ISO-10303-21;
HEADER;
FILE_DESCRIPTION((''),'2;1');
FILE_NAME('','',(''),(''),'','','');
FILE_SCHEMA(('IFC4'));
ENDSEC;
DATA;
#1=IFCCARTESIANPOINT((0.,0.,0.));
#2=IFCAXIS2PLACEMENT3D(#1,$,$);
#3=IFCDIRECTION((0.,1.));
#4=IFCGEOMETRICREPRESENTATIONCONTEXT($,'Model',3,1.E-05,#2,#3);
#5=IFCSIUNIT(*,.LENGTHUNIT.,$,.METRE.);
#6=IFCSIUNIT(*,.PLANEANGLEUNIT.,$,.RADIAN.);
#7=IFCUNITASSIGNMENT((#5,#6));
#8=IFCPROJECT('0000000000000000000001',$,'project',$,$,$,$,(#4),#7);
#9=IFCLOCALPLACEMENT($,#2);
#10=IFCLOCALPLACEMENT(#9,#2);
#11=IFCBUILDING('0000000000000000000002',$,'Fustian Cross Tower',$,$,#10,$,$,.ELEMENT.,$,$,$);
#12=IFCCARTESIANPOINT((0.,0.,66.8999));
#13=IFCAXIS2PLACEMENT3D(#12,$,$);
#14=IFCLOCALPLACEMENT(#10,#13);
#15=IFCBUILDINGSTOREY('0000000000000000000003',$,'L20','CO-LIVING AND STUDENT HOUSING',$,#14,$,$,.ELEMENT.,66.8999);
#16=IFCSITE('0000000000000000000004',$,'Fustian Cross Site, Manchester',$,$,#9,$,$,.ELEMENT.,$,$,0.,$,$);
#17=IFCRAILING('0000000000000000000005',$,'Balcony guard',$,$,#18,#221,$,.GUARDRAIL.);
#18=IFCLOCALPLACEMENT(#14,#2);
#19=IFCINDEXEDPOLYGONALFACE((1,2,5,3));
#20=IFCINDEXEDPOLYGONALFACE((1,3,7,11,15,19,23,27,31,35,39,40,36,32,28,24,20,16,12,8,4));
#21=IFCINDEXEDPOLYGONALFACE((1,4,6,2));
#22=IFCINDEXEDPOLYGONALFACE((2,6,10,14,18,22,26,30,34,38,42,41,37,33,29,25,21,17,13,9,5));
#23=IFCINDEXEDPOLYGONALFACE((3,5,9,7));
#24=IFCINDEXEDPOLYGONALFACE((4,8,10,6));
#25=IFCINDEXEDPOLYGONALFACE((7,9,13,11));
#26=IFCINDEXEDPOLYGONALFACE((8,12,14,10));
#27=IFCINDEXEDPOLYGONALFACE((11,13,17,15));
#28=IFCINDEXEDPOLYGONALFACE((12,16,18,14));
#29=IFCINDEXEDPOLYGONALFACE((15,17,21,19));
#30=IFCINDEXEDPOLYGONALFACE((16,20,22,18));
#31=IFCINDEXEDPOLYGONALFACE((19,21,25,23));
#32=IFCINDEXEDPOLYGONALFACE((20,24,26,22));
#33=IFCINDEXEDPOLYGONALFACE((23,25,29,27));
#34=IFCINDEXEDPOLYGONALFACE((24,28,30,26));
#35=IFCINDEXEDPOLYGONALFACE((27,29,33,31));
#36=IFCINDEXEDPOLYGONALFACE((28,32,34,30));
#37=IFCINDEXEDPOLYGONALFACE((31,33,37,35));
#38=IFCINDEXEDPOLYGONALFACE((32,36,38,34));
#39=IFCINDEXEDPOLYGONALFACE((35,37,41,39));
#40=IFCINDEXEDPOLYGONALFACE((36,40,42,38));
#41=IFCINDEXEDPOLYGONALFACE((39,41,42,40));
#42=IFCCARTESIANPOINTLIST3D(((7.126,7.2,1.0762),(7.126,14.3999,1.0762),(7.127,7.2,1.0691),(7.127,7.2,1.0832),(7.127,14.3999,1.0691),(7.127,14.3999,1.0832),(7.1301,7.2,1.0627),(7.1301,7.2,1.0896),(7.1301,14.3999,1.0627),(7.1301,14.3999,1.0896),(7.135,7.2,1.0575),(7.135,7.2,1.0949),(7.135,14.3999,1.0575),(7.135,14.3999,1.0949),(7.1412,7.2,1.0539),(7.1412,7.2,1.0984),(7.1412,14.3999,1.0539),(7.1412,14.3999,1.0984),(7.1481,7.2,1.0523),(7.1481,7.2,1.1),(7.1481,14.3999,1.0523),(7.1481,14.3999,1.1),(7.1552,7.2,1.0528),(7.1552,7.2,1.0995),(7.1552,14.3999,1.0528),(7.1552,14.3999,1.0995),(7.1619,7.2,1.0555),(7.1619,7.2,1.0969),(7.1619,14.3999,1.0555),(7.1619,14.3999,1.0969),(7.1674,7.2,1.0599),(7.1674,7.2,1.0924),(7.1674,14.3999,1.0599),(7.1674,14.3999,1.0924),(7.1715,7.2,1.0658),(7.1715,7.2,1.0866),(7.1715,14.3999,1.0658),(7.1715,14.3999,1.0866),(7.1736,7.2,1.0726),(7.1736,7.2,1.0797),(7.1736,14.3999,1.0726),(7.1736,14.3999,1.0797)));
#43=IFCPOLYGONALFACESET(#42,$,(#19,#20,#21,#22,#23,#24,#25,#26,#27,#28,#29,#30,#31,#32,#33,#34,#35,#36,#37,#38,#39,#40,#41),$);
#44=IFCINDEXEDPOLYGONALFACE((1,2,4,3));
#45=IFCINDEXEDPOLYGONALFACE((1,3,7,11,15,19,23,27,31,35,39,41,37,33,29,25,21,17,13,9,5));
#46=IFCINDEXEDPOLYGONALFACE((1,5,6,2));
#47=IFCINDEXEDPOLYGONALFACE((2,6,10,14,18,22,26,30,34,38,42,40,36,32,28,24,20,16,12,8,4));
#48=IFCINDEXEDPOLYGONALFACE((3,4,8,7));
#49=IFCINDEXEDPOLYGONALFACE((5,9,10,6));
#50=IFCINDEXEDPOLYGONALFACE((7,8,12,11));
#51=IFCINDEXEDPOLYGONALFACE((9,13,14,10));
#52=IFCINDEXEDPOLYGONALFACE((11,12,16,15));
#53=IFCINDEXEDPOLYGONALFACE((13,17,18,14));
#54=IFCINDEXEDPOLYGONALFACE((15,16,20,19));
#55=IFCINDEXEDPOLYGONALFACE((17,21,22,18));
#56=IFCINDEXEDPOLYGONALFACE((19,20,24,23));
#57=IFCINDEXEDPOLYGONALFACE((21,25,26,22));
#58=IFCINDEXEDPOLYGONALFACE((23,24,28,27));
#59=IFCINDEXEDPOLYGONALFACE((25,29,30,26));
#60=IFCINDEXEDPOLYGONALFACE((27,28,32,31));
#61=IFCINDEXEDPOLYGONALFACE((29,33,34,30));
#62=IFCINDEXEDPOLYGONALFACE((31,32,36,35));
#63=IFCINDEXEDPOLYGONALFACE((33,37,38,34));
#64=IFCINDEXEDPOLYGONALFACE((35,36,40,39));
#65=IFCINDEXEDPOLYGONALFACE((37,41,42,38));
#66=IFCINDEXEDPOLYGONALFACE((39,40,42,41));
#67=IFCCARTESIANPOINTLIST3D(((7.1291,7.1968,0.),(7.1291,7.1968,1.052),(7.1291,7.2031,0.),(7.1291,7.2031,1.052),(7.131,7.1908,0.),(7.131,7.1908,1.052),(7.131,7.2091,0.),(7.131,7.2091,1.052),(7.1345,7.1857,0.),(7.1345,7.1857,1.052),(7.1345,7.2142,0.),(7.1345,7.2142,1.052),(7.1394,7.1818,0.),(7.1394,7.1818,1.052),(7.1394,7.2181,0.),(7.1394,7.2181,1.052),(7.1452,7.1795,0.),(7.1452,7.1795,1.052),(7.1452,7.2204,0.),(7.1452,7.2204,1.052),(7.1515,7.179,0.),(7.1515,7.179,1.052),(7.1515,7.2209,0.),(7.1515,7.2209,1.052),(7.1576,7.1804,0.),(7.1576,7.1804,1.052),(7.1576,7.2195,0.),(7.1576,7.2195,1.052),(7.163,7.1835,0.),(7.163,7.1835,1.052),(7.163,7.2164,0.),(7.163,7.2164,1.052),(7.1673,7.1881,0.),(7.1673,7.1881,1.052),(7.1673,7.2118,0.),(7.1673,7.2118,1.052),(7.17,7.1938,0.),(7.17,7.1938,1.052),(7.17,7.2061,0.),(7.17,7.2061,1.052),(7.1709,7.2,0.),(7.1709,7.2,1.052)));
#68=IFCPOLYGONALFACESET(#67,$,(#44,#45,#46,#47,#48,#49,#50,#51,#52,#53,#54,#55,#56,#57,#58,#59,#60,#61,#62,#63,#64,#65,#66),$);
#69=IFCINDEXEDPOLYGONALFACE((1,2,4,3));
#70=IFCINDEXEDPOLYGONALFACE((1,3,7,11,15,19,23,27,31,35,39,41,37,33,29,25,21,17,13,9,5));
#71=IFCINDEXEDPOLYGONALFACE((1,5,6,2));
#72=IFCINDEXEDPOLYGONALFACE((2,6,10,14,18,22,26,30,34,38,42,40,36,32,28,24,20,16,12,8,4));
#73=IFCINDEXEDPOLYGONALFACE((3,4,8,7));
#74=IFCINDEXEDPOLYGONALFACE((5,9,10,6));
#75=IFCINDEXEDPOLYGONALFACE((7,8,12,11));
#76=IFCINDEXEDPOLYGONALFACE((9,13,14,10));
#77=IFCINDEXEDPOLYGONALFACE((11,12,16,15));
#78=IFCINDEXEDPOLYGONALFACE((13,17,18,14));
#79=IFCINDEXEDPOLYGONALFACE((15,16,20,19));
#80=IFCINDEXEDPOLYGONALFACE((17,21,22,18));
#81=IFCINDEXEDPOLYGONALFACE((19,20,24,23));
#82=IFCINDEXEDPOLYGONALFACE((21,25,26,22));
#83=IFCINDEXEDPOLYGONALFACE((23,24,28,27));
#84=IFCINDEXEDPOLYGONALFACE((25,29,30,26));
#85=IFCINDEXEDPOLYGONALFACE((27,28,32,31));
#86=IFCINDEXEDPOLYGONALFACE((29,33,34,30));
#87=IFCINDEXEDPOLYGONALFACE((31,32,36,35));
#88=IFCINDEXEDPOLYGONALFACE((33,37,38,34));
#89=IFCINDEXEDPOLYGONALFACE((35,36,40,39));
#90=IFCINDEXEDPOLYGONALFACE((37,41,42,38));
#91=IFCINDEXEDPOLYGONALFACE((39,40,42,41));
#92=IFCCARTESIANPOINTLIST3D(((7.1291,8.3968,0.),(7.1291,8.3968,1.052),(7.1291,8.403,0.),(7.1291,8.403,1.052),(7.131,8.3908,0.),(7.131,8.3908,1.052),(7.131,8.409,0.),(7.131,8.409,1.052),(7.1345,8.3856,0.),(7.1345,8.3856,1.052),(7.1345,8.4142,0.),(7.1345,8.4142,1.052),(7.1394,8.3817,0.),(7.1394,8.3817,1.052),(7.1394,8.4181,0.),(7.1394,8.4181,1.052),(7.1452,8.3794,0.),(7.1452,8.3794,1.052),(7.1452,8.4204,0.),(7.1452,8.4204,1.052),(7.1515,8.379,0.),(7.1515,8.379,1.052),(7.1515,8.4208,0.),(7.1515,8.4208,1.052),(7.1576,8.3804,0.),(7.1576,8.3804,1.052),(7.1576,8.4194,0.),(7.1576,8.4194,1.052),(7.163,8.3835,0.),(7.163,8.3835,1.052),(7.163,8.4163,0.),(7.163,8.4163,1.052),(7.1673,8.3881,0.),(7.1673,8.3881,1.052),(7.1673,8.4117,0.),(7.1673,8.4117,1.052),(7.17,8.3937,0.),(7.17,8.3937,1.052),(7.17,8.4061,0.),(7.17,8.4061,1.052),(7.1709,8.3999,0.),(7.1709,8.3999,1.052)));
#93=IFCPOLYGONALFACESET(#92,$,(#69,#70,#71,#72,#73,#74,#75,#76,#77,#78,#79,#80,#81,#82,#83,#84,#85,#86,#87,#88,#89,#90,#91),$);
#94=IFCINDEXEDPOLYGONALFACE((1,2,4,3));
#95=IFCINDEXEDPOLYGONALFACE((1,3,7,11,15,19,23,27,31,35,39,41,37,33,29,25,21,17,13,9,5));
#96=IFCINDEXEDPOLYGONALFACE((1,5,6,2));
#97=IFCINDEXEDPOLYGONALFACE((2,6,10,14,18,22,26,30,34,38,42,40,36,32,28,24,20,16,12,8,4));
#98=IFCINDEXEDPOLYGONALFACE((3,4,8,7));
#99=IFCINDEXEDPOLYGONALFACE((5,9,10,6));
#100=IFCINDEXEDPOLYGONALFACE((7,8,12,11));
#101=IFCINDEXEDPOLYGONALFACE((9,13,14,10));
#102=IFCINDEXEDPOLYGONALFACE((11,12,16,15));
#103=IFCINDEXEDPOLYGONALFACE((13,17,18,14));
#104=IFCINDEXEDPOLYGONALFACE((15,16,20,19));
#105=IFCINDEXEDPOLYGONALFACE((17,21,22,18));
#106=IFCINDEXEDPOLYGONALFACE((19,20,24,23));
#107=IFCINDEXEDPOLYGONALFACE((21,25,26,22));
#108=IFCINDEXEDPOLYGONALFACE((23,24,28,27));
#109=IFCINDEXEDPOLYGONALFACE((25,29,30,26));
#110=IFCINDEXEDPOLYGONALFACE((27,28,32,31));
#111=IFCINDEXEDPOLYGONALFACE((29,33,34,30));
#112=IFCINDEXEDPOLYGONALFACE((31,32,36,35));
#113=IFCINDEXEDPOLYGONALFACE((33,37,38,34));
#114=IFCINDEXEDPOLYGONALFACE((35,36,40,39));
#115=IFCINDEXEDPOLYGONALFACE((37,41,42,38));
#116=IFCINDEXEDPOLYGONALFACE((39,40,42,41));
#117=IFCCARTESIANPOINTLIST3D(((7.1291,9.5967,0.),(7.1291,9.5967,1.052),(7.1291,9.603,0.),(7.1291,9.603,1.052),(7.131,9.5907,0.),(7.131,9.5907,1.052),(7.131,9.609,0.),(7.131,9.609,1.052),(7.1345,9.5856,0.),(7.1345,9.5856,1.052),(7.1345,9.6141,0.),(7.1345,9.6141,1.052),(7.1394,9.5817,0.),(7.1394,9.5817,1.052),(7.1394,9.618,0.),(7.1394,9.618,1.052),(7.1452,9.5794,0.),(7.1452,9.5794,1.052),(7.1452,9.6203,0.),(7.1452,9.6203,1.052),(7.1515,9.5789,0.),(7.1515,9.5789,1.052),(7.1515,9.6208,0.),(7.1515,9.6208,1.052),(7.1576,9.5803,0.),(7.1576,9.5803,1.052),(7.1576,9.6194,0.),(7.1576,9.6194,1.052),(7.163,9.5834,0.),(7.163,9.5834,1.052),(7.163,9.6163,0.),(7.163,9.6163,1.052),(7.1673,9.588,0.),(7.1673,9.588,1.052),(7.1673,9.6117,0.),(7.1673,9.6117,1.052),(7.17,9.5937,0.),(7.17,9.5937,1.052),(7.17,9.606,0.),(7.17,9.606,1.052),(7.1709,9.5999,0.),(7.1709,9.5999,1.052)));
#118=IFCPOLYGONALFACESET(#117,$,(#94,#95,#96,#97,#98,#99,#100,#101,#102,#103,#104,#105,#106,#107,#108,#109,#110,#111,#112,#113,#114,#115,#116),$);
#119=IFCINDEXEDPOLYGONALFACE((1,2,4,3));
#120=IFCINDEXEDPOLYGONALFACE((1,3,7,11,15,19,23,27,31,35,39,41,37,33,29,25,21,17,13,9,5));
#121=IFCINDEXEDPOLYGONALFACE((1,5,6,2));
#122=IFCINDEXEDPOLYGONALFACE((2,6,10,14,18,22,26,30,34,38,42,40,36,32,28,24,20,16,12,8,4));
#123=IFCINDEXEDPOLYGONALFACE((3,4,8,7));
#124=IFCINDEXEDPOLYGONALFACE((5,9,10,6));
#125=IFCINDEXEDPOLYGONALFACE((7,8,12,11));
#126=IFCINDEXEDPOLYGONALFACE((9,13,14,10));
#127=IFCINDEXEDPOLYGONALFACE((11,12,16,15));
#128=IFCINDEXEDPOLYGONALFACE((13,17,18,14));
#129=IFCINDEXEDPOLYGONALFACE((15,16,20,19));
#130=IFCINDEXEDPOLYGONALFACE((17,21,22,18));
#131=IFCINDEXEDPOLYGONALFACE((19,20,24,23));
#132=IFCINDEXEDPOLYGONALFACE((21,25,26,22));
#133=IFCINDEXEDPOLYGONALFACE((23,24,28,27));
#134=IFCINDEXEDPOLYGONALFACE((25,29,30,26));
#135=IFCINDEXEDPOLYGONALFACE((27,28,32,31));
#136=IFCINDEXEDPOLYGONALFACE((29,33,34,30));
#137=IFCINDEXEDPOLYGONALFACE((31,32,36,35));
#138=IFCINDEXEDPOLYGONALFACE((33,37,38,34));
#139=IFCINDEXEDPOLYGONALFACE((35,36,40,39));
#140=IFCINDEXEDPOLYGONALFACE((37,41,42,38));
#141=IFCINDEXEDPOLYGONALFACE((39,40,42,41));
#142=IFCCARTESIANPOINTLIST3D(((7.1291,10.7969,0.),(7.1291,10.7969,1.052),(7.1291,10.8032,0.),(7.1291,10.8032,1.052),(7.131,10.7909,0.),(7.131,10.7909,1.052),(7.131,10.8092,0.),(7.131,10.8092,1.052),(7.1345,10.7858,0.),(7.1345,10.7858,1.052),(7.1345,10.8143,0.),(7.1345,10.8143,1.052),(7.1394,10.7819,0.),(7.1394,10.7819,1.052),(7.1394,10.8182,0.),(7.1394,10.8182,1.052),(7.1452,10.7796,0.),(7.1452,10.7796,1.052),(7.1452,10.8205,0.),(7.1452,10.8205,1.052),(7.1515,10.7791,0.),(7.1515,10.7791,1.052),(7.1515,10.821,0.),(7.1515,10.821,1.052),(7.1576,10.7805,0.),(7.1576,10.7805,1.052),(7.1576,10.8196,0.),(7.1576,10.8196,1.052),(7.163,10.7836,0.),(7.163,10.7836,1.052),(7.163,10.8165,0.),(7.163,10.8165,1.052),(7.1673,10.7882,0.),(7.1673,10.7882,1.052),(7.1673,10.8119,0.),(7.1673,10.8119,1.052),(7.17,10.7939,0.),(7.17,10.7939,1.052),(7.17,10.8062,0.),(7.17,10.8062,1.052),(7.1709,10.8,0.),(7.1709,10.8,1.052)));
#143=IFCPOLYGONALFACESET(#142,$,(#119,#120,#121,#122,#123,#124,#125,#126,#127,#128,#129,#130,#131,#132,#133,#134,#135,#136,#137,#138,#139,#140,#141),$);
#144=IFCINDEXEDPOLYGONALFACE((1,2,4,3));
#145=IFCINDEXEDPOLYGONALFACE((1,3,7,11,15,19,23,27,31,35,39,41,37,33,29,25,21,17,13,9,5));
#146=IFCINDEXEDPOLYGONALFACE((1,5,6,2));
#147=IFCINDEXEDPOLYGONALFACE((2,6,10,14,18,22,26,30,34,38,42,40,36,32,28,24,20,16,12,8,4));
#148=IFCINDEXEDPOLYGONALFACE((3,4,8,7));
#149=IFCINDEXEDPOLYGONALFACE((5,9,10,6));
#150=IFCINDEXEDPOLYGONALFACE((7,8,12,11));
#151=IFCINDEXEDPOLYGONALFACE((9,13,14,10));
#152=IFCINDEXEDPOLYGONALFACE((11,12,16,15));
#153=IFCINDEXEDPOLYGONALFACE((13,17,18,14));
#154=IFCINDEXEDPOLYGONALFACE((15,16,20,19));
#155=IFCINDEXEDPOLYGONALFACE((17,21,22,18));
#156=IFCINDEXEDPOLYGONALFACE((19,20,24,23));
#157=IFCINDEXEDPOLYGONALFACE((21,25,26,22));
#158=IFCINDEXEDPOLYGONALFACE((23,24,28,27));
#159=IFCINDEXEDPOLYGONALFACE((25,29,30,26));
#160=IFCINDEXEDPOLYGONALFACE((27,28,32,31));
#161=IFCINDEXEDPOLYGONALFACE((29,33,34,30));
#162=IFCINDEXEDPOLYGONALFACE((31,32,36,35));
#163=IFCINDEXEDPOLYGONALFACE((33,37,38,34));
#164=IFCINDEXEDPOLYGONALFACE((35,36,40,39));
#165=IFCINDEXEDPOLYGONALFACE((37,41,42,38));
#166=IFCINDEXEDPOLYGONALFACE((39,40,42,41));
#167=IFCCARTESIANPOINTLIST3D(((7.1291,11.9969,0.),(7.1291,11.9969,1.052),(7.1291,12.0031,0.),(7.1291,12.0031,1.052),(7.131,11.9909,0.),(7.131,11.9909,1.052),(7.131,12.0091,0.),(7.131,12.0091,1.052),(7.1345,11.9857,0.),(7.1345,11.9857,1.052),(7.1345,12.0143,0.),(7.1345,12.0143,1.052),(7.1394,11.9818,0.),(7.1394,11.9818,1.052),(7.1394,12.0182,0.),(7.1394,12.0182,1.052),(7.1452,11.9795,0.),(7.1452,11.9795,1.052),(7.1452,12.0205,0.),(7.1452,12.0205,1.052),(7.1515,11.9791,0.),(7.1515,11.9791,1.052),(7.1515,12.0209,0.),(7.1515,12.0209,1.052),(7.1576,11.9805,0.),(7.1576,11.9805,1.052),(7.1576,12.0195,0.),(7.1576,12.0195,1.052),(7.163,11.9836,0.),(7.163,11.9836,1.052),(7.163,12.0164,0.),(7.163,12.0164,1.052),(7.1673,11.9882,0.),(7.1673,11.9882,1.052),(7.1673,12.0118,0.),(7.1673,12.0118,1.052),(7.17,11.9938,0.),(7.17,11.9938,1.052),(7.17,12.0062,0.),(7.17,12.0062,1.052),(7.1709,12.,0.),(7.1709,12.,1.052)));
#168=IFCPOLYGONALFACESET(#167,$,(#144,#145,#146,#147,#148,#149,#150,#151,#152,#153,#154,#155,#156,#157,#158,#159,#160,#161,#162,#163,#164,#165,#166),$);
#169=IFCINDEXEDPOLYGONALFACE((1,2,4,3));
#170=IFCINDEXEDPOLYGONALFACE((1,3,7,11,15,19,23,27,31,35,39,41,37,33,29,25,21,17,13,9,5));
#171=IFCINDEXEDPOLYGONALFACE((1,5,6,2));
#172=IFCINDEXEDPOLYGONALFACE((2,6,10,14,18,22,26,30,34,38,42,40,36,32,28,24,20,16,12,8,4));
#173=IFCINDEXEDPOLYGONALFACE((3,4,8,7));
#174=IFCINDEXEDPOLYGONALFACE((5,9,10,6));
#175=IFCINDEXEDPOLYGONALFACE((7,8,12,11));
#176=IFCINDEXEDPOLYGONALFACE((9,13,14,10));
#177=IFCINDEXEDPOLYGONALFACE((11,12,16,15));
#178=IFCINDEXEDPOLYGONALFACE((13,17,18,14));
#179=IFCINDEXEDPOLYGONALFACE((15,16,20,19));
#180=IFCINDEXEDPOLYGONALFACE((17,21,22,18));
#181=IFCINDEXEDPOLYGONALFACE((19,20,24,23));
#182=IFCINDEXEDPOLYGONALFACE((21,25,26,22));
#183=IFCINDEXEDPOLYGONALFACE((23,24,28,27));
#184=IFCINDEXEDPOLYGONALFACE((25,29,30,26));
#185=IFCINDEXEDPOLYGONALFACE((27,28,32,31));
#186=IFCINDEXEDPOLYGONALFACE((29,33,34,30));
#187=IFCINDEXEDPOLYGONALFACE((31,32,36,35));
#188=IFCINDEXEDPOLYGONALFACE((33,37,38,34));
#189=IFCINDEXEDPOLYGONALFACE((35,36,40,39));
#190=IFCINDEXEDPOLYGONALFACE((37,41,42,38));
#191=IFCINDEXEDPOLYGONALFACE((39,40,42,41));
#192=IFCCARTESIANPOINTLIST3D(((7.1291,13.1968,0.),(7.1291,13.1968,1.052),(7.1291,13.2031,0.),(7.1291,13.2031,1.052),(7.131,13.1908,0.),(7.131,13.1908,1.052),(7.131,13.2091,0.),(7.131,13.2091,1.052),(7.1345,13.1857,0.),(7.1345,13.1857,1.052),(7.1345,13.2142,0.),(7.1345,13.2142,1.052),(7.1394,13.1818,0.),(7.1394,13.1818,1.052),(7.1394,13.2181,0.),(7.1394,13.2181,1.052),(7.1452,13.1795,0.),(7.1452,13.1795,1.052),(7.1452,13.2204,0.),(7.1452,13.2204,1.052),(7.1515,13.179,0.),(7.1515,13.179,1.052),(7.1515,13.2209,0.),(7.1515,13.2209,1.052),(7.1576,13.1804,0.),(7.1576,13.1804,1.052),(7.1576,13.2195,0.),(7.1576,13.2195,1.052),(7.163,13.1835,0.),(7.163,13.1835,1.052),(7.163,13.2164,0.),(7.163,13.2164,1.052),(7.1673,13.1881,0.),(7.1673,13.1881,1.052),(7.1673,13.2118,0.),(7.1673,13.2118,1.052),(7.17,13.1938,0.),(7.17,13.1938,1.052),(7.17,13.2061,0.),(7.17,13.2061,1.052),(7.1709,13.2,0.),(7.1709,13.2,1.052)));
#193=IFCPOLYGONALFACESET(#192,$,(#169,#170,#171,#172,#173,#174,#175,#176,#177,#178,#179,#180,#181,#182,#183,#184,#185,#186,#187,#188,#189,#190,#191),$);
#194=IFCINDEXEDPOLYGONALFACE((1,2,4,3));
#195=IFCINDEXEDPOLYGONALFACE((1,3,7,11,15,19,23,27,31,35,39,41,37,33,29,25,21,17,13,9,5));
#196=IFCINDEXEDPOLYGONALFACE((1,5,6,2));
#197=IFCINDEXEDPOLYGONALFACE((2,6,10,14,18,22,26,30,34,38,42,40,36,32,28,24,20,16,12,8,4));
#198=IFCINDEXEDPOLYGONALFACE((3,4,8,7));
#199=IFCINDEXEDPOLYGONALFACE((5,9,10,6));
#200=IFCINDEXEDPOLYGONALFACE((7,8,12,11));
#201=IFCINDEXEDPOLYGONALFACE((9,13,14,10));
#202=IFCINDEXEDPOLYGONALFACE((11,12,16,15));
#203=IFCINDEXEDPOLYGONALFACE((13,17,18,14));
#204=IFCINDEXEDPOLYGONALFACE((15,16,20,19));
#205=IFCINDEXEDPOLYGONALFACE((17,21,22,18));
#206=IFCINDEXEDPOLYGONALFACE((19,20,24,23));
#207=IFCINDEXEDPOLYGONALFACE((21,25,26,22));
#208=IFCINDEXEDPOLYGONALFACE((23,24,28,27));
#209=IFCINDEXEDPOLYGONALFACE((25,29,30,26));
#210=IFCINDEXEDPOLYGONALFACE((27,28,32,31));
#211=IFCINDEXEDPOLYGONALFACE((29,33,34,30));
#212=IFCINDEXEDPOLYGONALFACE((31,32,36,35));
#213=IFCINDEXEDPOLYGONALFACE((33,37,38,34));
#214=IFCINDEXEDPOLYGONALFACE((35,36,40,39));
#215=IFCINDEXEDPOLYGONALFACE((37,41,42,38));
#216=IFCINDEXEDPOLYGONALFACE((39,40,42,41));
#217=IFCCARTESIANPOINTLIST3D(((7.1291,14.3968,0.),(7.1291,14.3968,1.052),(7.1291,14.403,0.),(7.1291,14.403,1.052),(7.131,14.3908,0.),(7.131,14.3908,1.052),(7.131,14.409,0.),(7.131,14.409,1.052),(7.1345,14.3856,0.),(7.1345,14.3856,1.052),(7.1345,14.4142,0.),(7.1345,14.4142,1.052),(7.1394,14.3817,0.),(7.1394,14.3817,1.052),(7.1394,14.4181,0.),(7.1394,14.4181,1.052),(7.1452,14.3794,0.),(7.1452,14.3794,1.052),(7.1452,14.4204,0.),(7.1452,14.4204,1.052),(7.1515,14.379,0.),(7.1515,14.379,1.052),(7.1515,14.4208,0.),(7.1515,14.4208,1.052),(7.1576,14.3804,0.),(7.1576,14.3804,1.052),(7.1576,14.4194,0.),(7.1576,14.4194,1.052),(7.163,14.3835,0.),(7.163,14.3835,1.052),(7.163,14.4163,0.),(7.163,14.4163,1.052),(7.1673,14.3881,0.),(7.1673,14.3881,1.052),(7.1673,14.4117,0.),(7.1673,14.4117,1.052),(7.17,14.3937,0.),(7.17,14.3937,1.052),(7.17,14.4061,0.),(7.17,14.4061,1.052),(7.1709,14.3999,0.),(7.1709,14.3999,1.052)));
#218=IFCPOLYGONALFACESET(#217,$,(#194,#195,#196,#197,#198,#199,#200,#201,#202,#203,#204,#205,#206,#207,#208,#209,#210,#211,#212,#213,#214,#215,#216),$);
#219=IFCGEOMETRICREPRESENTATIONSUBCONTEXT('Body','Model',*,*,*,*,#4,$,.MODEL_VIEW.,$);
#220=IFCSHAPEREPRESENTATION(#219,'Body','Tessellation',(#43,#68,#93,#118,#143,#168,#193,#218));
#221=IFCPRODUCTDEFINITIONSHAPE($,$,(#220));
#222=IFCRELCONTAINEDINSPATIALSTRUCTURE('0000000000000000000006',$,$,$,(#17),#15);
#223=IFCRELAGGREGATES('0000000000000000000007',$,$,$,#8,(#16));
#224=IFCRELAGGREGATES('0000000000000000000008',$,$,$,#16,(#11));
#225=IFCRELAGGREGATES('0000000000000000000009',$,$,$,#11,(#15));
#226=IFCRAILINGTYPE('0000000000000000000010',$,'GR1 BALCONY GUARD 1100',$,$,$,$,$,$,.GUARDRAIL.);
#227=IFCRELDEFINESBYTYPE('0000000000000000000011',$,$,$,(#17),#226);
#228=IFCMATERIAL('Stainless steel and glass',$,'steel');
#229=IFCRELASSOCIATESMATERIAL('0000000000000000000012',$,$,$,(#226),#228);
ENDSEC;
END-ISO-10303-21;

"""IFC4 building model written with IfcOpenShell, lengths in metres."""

from ifc_helpers import new_model, si_unit, direction, frame, origin, origin_2d, place, context, subcontext, project, spatial, circle, extrude, material, type_object, element, save


model = new_model("IFC4")

# Units and contexts
model_context = context("Model", 3, precision=1e-05, world=origin(), true_north=direction((0.0, 1.0)))
body_context = subcontext(model_context, "Body", "Model", "MODEL_VIEW")
ifc_project = project(units=[si_unit("LENGTHUNIT", "METRE"), si_unit("PLANEANGLEUNIT", "RADIAN")], contexts=[model_context])

# Site, building, storey
site_placement = place(None, origin())
site = spatial("IfcSite", under=ifc_project, at=site_placement, Name="Fustian Cross Site, Manchester", CompositionType="ELEMENT", RefElevation=0.0)
building_placement = place(site_placement, origin())
building = spatial("IfcBuilding", under=site, at=building_placement, Name="Fustian Cross Tower", CompositionType="ELEMENT")
storey_placement = place(building_placement, frame((0.0, 0.0, 66.8999)))
storey = spatial("IfcBuildingStorey", under=building, at=storey_placement, Name="L20", Description="CO-LIVING AND STUDENT HOUSING", CompositionType="ELEMENT", Elevation=66.8999)

# Railing
ifc_material_1 = material(Name="Stainless steel and glass", Category="steel")
railing_type = type_object("IfcRailingType", Name="GR1 BALCONY GUARD 1100", PredefinedType="GUARDRAIL", material=ifc_material_1)
railing_placement = place(storey_placement, frame((7.1499, 7.2, 0.0)))
element("IfcRailing", 1, at=railing_placement, inside=storey, type_object=railing_type, Name="Balcony guard", PredefinedType="GUARDRAIL", context=body_context, shape_type="SweptSolid", body=[
    extrude(circle(Radius=0.0239, at=origin_2d()), frame((0.0, 0.0, 1.0762), z_axis=(0.0, 1.0, 0.0), x_axis=(-1.0, 0.0, 0.0)), (0.0, 0.0, 1.0), 7.2),
    extrude(circle(Radius=0.021, at=origin_2d()), origin(), (0.0, 0.0, 1.0), 1.052),
    extrude(circle(Radius=0.021, at=origin_2d()), frame((0.0, 1.2, 0.0)), (0.0, 0.0, 1.0), 1.052),
    extrude(circle(Radius=0.021, at=origin_2d()), frame((0.0, 2.3999, 0.0)), (0.0, 0.0, 1.0), 1.052),
    extrude(circle(Radius=0.021, at=origin_2d()), frame((0.0, 3.6001, 0.0)), (0.0, 0.0, 1.0), 1.052),
    extrude(circle(Radius=0.021, at=origin_2d()), frame((0.0, 4.8, 0.0)), (0.0, 0.0, 1.0), 1.052),
    extrude(circle(Radius=0.021, at=origin_2d()), frame((0.0, 6.0, 0.0)), (0.0, 0.0, 1.0), 1.052),
    extrude(circle(Radius=0.021, at=origin_2d()), frame((0.0, 7.2, 0.0)), (0.0, 0.0, 1.0), 1.052),
])

save(model, "model.ifc")
